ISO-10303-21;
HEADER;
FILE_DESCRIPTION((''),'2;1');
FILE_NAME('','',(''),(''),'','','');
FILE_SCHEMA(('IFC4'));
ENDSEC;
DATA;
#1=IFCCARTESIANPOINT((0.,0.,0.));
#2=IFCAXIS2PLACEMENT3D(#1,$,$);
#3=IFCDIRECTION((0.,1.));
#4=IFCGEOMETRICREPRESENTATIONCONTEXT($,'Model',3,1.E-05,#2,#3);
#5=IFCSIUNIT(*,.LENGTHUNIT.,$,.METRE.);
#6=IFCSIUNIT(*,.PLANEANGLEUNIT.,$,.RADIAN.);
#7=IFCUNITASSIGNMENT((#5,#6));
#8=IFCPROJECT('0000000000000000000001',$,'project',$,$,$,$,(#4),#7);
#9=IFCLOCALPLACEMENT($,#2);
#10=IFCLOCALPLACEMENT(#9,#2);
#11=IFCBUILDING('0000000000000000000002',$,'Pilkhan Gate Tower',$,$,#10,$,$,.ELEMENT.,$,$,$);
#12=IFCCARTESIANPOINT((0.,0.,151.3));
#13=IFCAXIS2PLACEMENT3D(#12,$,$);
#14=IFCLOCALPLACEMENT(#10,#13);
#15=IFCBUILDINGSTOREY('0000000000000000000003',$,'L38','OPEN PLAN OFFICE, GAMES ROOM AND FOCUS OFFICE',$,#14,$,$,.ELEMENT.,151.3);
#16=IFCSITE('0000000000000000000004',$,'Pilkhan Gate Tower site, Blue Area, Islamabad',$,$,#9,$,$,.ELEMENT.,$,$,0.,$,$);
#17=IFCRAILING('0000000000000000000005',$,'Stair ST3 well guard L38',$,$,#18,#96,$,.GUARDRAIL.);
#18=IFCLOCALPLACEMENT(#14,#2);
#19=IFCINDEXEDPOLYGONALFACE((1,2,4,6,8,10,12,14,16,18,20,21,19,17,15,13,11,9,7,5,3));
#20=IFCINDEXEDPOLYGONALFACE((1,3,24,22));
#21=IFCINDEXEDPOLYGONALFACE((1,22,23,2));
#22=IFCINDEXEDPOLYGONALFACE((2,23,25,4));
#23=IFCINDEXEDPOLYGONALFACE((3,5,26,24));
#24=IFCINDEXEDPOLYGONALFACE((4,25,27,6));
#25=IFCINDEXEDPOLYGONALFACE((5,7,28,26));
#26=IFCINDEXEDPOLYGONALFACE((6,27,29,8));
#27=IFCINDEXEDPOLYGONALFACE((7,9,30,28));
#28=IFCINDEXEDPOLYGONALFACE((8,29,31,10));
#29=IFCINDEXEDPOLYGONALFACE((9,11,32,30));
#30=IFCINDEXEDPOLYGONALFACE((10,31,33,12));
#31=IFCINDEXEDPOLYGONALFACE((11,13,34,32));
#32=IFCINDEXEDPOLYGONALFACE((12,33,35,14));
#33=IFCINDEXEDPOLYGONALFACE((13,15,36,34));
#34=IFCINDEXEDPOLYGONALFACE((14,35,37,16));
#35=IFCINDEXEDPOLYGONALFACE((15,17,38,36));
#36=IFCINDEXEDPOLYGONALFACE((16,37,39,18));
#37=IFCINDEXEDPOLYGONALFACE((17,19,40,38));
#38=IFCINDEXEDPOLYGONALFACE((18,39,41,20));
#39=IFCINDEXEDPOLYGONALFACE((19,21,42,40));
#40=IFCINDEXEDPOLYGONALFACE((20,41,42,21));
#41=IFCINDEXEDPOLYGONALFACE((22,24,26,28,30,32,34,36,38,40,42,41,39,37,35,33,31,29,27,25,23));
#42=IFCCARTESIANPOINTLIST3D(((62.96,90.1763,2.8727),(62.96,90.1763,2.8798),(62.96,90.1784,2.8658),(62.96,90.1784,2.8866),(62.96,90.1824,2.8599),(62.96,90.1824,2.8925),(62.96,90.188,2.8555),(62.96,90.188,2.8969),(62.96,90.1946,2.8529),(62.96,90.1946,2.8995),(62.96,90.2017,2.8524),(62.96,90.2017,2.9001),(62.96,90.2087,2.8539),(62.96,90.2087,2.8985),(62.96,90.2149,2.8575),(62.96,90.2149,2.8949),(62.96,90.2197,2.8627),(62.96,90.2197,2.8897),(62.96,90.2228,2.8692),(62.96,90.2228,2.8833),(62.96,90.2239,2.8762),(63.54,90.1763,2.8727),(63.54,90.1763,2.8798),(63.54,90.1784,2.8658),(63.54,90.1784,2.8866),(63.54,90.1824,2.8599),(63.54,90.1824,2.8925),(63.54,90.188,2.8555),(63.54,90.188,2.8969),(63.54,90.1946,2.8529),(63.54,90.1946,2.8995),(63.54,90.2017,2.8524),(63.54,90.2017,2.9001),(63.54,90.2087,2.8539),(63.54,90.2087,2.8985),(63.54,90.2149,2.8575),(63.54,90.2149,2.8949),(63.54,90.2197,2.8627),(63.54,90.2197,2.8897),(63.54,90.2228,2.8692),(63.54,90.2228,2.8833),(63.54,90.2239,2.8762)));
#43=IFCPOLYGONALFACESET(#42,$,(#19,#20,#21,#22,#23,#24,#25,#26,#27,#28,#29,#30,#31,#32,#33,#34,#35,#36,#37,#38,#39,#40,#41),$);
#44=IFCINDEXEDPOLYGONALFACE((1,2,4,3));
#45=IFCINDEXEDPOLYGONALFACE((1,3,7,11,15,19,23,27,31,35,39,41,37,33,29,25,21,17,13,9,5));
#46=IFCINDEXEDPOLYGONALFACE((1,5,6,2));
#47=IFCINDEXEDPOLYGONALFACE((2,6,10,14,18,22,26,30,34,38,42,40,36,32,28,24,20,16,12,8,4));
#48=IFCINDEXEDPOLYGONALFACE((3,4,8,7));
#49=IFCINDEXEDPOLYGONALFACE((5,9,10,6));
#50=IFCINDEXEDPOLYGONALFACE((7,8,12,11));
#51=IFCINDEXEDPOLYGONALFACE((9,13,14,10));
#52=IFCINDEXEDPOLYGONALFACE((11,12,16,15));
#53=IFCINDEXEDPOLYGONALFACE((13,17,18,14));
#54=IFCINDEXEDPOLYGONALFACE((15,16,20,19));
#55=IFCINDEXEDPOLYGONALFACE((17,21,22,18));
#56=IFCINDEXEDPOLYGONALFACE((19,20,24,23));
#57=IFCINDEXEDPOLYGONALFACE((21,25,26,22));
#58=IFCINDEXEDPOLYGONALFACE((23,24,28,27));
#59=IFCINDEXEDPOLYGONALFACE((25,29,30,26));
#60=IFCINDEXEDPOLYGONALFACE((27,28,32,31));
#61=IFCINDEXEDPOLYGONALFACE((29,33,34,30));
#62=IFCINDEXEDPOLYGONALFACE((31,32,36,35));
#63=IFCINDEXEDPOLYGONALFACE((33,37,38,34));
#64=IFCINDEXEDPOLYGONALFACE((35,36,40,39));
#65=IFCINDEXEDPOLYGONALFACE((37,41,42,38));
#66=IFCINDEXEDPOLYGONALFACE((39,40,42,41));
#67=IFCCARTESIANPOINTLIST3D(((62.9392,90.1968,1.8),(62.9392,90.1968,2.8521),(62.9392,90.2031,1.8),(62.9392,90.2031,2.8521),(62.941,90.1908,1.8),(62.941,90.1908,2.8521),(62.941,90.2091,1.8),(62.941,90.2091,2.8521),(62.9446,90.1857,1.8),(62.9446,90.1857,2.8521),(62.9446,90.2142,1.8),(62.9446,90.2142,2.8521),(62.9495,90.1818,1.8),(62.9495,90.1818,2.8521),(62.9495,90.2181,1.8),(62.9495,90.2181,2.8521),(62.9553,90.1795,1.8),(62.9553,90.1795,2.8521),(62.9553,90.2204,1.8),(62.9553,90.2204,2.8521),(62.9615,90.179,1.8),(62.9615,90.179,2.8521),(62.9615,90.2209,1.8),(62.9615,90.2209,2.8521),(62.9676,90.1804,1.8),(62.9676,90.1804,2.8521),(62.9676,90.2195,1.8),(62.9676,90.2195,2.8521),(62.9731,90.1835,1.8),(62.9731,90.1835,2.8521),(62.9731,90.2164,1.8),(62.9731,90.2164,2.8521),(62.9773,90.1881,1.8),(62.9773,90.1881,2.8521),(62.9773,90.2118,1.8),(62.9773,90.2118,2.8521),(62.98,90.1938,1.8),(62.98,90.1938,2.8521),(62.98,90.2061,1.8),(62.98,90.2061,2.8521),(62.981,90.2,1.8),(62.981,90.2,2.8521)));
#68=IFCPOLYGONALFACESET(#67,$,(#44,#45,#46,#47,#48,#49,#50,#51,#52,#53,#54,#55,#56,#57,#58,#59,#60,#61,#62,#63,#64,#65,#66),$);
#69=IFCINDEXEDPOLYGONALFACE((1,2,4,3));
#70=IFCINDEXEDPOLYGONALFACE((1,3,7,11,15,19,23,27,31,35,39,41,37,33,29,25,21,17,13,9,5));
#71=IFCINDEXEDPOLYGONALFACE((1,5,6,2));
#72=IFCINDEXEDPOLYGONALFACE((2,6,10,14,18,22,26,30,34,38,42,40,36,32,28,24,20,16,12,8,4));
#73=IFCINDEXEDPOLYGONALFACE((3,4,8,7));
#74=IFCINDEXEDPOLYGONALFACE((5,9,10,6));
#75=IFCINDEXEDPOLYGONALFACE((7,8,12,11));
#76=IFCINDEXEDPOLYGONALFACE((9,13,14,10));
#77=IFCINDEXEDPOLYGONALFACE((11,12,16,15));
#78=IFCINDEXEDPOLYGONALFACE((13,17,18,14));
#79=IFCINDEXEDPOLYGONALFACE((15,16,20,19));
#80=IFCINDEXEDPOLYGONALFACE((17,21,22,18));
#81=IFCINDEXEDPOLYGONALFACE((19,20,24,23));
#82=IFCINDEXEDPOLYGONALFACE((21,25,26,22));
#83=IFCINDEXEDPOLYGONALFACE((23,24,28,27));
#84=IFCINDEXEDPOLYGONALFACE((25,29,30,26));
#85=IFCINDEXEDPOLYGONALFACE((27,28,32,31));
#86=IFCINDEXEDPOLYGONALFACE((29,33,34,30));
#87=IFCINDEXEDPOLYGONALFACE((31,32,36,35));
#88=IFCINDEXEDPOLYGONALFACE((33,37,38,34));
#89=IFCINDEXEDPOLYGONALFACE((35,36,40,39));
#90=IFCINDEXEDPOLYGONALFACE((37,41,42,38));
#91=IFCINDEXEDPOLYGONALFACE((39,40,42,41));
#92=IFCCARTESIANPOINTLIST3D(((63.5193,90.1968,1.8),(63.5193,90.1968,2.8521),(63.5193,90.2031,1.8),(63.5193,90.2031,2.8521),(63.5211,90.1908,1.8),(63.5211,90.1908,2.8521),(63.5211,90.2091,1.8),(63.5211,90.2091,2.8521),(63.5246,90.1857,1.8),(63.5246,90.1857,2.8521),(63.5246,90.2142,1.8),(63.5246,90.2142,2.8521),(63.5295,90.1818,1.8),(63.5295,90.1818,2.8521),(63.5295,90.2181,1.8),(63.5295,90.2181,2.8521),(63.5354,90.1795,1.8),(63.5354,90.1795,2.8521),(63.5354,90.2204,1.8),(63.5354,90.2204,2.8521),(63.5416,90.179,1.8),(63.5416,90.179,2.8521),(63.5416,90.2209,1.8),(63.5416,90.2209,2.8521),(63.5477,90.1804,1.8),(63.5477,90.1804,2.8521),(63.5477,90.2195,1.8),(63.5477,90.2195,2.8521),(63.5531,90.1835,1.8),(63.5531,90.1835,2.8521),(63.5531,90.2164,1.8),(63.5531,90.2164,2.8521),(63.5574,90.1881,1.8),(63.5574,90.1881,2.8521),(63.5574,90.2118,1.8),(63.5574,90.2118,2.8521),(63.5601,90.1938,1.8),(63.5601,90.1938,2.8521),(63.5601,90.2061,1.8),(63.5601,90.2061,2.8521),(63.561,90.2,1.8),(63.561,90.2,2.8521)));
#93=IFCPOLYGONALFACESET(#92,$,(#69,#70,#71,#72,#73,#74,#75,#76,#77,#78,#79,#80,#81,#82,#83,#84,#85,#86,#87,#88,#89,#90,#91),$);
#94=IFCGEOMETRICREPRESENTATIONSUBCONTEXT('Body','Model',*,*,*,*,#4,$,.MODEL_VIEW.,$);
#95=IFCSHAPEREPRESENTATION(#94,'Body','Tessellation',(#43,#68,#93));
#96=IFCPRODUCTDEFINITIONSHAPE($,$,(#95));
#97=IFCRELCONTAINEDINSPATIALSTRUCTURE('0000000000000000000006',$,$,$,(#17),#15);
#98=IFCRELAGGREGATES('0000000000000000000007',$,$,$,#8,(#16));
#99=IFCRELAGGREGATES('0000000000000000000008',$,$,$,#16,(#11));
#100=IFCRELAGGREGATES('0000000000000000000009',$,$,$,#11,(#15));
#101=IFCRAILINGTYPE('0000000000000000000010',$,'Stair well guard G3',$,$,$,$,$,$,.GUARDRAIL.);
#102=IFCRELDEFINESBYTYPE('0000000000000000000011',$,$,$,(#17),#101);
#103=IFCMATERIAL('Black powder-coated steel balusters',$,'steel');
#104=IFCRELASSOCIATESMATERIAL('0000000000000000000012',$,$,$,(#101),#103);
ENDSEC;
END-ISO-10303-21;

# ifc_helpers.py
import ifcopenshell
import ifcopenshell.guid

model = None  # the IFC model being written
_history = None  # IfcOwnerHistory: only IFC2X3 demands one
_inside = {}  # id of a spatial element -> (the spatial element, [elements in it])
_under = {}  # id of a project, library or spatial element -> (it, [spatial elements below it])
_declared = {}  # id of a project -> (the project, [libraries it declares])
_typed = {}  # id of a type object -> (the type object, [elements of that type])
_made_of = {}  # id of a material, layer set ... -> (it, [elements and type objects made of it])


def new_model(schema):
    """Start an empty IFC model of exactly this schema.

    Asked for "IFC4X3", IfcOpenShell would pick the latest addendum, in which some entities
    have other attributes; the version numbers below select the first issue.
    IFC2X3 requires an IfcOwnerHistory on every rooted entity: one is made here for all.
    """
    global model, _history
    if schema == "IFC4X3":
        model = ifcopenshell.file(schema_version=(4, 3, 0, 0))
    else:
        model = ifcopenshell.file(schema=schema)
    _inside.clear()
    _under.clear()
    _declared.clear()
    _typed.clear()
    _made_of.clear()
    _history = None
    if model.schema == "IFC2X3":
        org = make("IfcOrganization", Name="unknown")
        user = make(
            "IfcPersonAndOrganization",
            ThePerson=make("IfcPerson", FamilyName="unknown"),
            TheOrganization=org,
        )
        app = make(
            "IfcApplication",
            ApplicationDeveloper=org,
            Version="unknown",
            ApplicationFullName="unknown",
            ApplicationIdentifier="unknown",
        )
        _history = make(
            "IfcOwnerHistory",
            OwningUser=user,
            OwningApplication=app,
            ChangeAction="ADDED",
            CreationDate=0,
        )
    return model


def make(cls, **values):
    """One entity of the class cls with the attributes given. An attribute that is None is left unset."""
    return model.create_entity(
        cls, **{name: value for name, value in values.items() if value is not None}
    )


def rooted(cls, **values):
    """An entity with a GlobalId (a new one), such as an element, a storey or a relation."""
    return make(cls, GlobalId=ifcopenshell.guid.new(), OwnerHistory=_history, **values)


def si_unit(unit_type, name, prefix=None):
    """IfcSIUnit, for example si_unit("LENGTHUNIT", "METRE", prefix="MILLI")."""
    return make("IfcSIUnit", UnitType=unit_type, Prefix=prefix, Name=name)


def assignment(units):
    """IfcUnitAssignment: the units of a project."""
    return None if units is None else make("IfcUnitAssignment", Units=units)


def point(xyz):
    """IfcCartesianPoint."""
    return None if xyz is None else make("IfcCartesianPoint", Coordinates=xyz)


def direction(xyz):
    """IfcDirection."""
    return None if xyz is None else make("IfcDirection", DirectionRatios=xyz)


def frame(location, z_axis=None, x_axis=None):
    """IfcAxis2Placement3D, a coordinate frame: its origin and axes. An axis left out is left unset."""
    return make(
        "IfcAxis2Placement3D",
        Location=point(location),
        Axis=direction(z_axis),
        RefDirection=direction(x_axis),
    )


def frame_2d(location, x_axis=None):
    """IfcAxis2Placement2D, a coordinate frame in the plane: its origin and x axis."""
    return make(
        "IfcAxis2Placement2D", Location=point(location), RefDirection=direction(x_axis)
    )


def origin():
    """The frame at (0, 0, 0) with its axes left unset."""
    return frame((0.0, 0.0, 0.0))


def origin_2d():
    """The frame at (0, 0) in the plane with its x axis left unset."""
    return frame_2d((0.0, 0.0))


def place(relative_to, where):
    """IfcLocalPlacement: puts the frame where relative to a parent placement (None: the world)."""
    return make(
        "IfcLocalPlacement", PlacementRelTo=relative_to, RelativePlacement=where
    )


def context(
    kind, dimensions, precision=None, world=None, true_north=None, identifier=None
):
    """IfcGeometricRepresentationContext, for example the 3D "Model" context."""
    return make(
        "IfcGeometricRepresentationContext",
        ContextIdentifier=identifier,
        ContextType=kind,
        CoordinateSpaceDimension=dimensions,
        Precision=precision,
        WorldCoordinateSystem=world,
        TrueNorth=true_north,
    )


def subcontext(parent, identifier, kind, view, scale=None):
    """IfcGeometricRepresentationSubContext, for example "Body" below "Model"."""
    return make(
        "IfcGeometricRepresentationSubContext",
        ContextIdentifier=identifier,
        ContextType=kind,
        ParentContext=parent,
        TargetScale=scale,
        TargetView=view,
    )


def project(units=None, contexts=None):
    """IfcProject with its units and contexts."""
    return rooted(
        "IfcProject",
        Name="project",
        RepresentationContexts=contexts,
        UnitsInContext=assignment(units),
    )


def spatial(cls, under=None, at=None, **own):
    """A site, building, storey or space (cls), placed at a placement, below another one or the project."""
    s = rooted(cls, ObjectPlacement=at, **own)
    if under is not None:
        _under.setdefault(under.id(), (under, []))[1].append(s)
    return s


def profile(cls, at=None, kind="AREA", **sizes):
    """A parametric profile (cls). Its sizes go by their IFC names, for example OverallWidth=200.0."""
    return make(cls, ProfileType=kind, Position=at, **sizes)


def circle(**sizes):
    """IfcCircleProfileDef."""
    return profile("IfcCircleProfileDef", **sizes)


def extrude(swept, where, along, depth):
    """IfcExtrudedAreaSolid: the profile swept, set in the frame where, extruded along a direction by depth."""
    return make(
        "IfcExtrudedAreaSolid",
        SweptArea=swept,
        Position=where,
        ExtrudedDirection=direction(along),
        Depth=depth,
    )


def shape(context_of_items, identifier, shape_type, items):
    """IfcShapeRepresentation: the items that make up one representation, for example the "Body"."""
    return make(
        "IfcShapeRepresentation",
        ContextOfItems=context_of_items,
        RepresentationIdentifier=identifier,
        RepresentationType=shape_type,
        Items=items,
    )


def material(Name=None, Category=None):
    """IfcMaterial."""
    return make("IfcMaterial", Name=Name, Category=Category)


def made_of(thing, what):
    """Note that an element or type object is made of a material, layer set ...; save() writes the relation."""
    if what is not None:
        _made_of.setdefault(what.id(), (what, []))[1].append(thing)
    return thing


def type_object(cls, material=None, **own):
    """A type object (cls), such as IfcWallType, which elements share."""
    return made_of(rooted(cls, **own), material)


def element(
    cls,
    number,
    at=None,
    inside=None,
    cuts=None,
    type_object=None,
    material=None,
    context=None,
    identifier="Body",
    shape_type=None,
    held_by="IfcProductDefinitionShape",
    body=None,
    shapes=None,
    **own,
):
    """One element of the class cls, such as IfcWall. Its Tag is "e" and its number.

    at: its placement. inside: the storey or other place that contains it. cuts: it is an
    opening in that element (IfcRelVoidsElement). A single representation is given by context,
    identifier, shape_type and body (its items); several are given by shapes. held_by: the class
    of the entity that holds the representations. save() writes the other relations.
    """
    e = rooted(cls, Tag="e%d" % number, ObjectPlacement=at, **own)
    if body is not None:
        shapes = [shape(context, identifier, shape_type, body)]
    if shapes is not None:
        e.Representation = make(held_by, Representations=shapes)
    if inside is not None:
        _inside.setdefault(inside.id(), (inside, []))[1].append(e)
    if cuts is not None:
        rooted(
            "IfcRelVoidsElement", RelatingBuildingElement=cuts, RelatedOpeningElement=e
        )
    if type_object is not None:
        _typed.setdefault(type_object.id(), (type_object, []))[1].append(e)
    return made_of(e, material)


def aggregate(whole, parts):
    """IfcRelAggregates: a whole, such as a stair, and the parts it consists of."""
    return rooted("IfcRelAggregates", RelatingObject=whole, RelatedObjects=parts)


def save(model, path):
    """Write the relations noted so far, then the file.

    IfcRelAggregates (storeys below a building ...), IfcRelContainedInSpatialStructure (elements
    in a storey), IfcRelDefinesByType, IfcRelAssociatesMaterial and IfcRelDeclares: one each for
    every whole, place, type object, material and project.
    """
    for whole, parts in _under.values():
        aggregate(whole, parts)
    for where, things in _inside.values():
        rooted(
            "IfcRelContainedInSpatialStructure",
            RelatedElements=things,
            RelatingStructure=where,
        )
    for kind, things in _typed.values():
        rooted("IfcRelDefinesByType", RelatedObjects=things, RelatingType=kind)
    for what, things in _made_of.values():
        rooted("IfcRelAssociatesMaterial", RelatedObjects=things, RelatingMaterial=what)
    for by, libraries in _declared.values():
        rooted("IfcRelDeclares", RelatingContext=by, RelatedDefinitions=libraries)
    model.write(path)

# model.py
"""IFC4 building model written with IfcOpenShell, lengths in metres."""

from ifc_helpers import new_model, si_unit, direction, frame, origin, origin_2d, place, context, subcontext, project, spatial, circle, extrude, material, type_object, element, save


model = new_model("IFC4")

# Units and contexts
model_context = context("Model", 3, precision=1e-05, world=origin(), true_north=direction((0.0, 1.0)))
body_context = subcontext(model_context, "Body", "Model", "MODEL_VIEW")
ifc_project = project(units=[si_unit("LENGTHUNIT", "METRE"), si_unit("PLANEANGLEUNIT", "RADIAN")], contexts=[model_context])

# Site, building, storey
site_placement = place(None, origin())
site = spatial("IfcSite", under=ifc_project, at=site_placement, Name="Pilkhan Gate Tower site, Blue Area, Islamabad", CompositionType="ELEMENT", RefElevation=0.0)
building_placement = place(site_placement, origin())
building = spatial("IfcBuilding", under=site, at=building_placement, Name="Pilkhan Gate Tower", CompositionType="ELEMENT")
storey_placement = place(building_placement, frame((0.0, 0.0, 151.3)))
storey = spatial("IfcBuildingStorey", under=building, at=storey_placement, Name="L38", Description="OPEN PLAN OFFICE, GAMES ROOM AND FOCUS OFFICE", CompositionType="ELEMENT", Elevation=151.3)

# Railing
ifc_material_1 = material(Name="Black powder-coated steel balusters", Category="steel")
railing_type_1 = type_object("IfcRailingType", Name="Stair well guard G3", PredefinedType="GUARDRAIL", material=ifc_material_1)
for number, where, name in (
    (1, (62.96, 90.2, 1.8), "Stair ST3 well guard L38"),
):
    element("IfcRailing", number, at=place(storey_placement, frame(where)), inside=storey, type_object=railing_type_1, Name=name, PredefinedType="GUARDRAIL", context=body_context, shape_type="SweptSolid", body=[
        extrude(circle(Radius=0.0239, at=origin_2d()), frame((0.0, 0.0, 1.0762), z_axis=(1.0, 0.0, 0.0), x_axis=(0.0, 1.0, 0.0)), (0.0, 0.0, 1.0), 0.5801),
        extrude(circle(Radius=0.021, at=origin_2d()), origin(), (0.0, 0.0, 1.0), 1.052),
        extrude(circle(Radius=0.021, at=origin_2d()), frame((0.5801, 0.0, 0.0)), (0.0, 0.0, 1.0), 1.052),
    ])

save(model, "model.ifc")
